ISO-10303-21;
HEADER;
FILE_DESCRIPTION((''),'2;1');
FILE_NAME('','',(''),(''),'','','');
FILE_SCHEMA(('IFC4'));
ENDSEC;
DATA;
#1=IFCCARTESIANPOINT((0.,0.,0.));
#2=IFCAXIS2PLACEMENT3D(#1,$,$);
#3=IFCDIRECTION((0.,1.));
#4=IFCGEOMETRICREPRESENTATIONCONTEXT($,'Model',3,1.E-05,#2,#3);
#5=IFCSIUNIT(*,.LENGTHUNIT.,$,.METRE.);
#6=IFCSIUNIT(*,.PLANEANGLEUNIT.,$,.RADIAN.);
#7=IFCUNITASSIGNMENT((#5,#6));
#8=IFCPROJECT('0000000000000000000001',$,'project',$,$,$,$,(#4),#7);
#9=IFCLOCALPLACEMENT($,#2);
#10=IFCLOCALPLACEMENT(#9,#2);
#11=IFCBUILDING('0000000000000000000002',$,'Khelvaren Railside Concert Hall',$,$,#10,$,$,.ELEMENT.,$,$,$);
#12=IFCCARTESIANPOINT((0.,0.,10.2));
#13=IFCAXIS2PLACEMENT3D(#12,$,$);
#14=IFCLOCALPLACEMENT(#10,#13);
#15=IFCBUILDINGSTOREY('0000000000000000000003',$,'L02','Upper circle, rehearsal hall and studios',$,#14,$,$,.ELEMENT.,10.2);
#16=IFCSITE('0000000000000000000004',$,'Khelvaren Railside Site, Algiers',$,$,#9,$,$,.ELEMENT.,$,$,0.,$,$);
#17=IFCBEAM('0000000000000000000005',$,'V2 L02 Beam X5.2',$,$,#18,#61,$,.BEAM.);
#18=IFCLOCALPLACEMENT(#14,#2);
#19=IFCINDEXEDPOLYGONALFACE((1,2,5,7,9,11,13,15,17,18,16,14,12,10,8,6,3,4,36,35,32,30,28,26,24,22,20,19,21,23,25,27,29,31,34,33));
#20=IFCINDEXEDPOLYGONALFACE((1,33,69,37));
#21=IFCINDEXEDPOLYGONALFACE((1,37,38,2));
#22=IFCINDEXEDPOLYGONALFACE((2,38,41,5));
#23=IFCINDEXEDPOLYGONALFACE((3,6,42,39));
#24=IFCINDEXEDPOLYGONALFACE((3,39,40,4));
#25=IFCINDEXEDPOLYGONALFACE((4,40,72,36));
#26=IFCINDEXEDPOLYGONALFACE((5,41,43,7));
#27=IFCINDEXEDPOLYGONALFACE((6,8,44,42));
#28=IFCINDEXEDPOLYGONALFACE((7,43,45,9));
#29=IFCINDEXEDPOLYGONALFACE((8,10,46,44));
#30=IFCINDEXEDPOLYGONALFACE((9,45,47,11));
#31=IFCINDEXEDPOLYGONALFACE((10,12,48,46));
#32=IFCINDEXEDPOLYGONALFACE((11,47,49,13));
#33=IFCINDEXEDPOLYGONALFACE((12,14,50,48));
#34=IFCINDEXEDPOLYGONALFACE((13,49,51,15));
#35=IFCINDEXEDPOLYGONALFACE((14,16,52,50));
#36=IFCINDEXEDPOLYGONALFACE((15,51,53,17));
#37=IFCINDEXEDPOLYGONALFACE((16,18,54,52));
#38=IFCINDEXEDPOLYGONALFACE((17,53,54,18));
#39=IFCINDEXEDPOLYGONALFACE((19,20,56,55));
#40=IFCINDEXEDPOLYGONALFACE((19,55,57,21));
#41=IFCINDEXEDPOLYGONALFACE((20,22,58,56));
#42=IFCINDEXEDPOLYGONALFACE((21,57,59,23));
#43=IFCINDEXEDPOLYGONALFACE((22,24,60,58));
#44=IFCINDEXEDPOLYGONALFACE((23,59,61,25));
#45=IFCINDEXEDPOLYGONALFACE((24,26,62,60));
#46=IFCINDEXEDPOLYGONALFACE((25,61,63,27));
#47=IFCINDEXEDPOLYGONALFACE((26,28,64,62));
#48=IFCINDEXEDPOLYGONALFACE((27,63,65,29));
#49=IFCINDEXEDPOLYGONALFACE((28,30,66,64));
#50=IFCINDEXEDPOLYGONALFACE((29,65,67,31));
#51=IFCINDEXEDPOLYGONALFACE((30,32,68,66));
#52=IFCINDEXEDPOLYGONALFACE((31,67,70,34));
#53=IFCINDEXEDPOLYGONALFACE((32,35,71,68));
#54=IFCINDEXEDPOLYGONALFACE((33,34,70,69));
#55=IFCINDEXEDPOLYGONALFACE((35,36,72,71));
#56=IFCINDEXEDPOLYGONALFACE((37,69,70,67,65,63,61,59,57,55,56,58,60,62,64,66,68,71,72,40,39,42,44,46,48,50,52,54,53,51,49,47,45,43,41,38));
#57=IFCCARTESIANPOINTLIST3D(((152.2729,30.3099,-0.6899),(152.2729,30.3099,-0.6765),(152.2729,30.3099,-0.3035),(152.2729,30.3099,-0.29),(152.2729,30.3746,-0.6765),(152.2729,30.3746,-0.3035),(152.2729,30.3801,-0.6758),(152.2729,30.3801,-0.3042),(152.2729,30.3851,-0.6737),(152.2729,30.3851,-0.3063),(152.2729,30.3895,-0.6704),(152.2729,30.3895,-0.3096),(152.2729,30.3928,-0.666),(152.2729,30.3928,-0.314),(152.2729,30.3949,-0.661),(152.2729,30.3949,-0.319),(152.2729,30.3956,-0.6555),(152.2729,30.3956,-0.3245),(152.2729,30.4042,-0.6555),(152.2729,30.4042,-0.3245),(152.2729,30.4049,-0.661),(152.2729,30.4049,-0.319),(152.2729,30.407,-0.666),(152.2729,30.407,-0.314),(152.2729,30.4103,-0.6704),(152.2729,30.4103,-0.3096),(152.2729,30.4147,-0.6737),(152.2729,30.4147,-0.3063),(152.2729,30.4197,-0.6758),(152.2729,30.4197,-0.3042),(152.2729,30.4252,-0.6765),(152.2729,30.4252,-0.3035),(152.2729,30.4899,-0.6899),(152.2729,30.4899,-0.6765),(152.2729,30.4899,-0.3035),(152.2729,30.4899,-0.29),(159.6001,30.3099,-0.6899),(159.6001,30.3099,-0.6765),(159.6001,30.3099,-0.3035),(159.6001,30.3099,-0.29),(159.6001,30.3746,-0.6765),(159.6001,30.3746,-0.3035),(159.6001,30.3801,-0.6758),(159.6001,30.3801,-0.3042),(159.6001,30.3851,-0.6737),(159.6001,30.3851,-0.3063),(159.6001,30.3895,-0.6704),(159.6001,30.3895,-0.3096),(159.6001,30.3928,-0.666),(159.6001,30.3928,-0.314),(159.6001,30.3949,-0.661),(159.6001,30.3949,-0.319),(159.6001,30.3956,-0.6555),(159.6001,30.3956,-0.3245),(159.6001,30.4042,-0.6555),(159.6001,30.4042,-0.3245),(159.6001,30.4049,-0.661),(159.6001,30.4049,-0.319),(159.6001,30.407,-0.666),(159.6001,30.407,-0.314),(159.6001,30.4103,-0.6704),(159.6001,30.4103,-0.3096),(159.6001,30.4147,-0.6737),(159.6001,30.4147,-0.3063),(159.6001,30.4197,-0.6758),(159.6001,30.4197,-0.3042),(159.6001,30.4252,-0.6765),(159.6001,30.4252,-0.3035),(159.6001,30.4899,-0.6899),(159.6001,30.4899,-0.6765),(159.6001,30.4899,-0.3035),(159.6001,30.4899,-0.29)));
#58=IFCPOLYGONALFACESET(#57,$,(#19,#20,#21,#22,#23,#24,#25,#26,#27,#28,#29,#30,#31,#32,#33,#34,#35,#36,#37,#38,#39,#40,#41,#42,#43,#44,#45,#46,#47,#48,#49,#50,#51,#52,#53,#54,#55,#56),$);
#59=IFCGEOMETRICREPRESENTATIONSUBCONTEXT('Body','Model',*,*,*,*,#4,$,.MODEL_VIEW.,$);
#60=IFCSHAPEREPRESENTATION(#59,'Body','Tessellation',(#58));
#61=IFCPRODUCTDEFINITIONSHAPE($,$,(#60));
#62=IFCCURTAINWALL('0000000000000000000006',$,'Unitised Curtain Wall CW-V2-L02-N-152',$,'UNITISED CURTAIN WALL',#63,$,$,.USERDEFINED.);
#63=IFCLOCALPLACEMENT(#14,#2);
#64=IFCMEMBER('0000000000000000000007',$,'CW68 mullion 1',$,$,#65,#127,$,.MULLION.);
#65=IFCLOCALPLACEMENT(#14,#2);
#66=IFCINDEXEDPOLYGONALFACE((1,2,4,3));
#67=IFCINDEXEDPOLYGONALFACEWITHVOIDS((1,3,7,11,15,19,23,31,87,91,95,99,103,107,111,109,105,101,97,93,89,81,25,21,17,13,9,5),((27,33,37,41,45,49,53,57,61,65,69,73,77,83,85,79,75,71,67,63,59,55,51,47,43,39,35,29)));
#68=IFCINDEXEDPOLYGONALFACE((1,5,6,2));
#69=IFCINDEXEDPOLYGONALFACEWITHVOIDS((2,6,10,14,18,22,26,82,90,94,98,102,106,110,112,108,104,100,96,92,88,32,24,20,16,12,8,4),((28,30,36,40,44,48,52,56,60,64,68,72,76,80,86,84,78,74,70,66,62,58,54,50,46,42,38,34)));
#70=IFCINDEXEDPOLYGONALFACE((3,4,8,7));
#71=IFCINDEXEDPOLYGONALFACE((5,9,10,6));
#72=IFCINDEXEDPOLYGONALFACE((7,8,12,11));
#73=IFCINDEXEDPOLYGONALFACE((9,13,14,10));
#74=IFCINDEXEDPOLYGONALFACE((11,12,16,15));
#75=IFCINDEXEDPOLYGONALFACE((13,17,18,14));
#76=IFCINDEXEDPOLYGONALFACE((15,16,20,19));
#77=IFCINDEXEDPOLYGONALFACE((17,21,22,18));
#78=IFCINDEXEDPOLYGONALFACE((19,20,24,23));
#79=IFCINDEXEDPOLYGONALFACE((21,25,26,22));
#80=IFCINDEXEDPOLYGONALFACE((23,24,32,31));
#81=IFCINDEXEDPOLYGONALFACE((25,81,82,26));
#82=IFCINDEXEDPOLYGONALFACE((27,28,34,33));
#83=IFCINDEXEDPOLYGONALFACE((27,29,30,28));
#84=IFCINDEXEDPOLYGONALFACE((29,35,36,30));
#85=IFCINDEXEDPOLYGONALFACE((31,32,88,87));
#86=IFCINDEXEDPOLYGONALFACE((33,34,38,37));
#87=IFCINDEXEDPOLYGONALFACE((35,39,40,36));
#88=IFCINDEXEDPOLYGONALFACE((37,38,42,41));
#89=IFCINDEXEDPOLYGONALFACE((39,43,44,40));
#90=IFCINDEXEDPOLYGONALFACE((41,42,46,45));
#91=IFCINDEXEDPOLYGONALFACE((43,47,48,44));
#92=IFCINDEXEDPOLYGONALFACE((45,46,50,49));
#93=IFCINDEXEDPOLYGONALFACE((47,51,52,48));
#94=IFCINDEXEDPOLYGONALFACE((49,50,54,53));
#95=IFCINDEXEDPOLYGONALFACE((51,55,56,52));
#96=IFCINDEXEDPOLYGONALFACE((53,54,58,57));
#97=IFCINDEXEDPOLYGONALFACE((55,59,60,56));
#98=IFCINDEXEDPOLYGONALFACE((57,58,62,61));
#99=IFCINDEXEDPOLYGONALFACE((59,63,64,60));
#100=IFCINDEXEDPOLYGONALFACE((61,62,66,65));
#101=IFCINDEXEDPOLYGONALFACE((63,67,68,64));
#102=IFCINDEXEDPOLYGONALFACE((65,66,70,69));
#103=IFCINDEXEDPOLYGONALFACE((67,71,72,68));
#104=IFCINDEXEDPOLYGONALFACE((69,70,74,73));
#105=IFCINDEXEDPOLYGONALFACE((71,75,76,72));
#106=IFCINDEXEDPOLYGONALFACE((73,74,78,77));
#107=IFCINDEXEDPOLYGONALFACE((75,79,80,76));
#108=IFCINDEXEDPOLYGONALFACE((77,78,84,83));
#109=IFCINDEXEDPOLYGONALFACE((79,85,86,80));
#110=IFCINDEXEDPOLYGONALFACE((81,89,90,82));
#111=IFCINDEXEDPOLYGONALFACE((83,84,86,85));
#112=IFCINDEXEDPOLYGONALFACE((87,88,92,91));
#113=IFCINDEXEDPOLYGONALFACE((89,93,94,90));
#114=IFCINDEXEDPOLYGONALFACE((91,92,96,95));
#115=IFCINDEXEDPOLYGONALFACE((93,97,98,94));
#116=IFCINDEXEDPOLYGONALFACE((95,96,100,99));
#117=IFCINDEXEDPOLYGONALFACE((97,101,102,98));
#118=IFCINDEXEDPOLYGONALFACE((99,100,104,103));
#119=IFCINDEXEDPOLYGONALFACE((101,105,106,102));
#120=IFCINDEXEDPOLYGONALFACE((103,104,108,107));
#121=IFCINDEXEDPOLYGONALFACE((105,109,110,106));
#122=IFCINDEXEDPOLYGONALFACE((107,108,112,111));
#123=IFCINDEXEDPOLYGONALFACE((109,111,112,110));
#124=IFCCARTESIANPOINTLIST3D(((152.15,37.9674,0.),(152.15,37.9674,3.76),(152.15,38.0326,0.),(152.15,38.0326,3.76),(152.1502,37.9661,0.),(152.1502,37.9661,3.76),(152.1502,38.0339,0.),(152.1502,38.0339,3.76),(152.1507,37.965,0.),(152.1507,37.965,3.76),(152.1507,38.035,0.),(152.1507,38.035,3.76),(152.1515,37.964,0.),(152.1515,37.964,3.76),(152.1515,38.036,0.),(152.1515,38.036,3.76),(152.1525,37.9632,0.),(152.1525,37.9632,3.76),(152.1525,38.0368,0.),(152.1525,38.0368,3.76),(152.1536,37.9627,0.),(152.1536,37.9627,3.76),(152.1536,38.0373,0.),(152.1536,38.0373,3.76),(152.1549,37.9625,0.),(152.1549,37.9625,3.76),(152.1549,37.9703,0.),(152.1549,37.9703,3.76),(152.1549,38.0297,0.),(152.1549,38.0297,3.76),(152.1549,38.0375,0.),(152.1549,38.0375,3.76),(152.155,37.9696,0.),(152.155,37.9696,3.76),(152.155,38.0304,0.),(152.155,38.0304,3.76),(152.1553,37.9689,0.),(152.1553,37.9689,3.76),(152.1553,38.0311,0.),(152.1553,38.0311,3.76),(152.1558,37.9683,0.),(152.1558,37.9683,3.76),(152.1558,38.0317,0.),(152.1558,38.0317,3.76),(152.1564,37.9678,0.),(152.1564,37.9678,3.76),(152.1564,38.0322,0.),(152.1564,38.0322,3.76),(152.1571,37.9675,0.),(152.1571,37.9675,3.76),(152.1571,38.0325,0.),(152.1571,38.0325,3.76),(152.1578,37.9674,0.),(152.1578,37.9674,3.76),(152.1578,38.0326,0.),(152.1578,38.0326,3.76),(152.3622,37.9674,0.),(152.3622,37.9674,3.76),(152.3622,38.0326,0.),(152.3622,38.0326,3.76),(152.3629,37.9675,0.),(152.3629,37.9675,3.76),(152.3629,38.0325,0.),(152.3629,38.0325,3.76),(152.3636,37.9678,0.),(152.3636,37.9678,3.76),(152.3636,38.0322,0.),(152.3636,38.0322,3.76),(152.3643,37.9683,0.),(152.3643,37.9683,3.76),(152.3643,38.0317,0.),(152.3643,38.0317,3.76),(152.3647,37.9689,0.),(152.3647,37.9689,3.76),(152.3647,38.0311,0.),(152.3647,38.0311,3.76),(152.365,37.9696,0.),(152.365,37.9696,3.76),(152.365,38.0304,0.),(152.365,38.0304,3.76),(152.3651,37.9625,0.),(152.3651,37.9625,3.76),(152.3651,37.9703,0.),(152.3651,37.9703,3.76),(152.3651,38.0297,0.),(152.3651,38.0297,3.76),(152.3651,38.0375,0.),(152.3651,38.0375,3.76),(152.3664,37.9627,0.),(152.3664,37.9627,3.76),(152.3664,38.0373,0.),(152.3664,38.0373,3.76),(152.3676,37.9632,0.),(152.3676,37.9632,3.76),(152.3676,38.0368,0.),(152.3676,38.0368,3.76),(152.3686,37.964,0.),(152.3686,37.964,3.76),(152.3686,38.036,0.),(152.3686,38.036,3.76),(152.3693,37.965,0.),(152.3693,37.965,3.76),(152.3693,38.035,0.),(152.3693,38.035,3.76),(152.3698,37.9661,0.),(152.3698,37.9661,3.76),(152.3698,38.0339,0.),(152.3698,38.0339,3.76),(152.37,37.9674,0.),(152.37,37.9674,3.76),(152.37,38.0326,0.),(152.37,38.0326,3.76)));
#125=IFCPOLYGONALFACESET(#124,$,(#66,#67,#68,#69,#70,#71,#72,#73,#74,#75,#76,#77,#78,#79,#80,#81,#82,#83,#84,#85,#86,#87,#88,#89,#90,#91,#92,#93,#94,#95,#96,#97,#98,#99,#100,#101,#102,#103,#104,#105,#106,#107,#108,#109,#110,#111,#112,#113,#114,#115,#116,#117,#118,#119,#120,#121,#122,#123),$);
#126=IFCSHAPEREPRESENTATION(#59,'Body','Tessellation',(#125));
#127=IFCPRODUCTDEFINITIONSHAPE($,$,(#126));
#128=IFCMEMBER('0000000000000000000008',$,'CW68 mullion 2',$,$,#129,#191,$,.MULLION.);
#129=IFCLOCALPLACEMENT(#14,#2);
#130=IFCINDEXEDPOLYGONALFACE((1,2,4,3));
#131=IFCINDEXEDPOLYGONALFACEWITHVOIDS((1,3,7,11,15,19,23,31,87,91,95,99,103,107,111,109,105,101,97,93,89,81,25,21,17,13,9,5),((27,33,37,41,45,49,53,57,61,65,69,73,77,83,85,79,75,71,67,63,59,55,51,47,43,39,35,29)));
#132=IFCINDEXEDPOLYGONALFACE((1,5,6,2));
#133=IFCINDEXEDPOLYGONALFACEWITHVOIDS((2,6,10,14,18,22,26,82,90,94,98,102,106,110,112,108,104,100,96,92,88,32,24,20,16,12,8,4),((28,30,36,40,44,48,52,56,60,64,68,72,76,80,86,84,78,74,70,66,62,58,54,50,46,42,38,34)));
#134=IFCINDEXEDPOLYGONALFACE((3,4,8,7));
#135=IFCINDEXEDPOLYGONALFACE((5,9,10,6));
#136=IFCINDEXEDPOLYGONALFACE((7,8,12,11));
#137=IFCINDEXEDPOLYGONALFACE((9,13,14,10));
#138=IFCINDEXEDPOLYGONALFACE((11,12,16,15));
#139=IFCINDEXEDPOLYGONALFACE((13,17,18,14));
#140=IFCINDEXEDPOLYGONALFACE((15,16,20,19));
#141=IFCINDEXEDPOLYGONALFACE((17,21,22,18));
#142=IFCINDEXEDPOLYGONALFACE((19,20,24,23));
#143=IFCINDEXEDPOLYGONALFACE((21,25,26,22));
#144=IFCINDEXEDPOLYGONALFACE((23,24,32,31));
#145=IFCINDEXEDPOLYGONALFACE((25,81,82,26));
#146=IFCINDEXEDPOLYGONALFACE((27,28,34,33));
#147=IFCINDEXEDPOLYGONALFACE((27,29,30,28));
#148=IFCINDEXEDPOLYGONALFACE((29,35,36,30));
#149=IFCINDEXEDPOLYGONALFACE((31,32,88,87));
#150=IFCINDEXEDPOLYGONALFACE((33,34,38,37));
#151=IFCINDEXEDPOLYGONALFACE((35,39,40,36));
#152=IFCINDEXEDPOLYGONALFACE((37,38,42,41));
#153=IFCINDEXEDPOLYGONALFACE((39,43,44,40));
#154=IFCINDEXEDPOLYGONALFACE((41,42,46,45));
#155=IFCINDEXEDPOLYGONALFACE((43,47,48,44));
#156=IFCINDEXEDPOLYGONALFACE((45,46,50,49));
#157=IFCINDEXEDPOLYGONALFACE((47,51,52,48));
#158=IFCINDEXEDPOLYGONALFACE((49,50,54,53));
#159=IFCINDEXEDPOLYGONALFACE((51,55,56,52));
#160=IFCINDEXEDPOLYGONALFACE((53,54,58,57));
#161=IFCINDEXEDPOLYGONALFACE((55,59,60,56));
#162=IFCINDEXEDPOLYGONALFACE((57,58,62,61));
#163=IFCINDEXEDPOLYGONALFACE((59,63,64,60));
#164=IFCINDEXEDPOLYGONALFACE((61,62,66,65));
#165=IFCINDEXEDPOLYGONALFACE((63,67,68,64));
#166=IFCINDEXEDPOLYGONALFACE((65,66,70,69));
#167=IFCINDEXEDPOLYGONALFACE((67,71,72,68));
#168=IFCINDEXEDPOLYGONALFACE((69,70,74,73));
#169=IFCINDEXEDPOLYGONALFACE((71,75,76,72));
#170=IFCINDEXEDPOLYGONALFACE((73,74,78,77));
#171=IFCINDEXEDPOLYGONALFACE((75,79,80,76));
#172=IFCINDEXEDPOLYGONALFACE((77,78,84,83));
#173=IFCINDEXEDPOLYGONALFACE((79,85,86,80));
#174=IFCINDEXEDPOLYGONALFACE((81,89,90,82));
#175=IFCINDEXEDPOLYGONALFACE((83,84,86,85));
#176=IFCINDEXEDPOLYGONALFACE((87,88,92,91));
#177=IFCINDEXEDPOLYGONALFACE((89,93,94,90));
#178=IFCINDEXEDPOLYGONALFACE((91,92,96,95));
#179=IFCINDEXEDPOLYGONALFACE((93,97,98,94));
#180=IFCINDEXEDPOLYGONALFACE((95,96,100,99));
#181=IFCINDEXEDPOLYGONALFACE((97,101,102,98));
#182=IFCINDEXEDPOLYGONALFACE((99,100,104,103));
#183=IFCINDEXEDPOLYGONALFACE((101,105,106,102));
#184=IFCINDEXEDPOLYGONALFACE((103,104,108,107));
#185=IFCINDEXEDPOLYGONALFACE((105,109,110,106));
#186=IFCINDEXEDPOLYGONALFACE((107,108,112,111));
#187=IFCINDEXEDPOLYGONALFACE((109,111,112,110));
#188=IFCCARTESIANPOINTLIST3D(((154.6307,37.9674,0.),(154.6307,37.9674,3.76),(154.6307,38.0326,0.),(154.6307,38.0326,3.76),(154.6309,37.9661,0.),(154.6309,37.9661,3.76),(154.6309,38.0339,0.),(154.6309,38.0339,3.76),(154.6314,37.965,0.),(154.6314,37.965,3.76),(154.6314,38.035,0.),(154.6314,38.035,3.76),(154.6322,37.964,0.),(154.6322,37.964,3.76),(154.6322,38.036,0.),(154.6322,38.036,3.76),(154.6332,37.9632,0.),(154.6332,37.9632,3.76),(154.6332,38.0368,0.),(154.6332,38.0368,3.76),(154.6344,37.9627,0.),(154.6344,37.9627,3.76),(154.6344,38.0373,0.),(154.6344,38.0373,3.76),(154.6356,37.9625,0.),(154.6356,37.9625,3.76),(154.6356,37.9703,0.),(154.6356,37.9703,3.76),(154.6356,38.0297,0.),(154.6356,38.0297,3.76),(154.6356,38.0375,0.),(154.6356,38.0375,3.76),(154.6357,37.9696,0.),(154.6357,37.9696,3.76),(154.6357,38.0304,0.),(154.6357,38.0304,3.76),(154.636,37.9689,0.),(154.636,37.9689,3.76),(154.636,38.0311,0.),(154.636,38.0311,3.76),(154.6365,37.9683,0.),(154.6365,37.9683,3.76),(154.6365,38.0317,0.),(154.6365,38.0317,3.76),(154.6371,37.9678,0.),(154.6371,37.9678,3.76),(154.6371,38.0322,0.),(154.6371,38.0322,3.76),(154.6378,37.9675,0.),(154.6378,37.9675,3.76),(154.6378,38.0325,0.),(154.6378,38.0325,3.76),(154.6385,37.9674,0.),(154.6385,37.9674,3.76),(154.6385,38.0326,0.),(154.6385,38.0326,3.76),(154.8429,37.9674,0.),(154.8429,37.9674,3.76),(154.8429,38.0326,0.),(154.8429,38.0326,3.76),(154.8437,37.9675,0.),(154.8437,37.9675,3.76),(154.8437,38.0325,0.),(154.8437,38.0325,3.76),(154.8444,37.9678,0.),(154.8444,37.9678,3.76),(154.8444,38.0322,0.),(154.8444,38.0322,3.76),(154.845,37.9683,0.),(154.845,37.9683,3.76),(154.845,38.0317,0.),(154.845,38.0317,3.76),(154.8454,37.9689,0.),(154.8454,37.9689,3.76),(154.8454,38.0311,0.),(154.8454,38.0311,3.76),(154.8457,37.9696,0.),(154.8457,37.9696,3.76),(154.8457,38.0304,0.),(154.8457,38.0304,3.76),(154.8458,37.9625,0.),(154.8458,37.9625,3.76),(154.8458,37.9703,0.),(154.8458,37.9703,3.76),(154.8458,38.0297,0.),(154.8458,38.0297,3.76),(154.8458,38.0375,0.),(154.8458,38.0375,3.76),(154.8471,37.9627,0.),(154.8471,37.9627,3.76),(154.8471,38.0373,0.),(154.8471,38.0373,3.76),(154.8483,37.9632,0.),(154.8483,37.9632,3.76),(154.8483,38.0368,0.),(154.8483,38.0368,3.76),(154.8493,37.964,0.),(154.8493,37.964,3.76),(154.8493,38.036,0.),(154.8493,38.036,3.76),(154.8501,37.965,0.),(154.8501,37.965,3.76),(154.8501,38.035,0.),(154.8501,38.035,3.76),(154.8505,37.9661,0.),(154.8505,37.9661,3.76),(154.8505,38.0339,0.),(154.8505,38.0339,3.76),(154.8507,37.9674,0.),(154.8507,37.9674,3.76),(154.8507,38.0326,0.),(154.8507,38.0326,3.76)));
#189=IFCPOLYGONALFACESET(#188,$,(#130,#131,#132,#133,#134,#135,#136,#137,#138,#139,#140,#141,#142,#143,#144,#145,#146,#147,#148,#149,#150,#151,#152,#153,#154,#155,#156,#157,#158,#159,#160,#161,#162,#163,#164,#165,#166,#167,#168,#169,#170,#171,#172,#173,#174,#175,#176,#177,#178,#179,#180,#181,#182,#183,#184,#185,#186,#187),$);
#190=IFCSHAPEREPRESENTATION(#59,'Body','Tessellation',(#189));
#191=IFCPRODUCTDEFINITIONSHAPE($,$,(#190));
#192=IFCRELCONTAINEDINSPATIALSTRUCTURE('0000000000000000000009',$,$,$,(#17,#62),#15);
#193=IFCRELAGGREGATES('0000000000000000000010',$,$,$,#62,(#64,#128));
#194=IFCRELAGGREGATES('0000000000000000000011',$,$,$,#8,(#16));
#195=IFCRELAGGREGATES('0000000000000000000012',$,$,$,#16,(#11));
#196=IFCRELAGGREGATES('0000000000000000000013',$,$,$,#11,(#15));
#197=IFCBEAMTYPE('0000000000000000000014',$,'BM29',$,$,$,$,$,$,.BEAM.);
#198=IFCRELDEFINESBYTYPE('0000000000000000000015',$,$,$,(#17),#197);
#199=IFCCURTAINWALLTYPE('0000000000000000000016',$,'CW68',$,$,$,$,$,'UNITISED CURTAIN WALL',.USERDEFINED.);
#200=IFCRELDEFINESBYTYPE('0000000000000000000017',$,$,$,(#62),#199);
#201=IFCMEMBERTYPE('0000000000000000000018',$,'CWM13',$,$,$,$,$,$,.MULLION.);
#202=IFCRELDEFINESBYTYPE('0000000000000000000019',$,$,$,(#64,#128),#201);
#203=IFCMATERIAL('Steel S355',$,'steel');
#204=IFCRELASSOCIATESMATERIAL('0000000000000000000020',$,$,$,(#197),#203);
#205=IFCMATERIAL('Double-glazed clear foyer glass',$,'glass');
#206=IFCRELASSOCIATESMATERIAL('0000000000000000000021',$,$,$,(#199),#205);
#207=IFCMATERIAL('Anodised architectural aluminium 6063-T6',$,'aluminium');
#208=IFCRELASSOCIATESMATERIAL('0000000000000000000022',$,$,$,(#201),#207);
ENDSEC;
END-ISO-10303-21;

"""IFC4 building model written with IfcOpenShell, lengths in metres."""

from ifc_helpers import new_model, si_unit, direction, frame, origin, origin_2d, place, context, subcontext, project, spatial, hollow_rectangle, i_section, extrude, material, material_profile, profile_set, type_object, element, aggregate, save


model = new_model("IFC4")

# Units and contexts
model_context = context("Model", 3, precision=1e-05, world=origin(), true_north=direction((0.0, 1.0)))
body_context = subcontext(model_context, "Body", "Model", "MODEL_VIEW")
ifc_project = project(units=[si_unit("LENGTHUNIT", "METRE"), si_unit("PLANEANGLEUNIT", "RADIAN")], contexts=[model_context])

# Site, building, storey
site_placement = place(None, origin())
site = spatial("IfcSite", under=ifc_project, at=site_placement, Name="Khelvaren Railside Site, Algiers", CompositionType="ELEMENT", RefElevation=0.0)
building_placement = place(site_placement, origin())
building = spatial("IfcBuilding", under=site, at=building_placement, Name="Khelvaren Railside Concert Hall", CompositionType="ELEMENT")
storey_placement = place(building_placement, frame((0.0, 0.0, 10.2)))
storey = spatial("IfcBuildingStorey", under=building, at=storey_placement, Name="L02", Description="Upper circle, rehearsal hall and studios", CompositionType="ELEMENT", Elevation=10.2)

# Beam
ifc_material_1 = material(Name="Steel S355", Category="steel")
ifc_material_profile_1 = material_profile(ifc_material_1, i_section(OverallWidth=0.1799, OverallDepth=0.3999, WebThickness=0.0085, FlangeThickness=0.0134, FilletRadius=0.021, at=origin_2d()), Name="IPE 400")
ifc_profile_set_1 = profile_set([ifc_material_profile_1], Name="Steel S355")
beam_type_1 = type_object("IfcBeamType", Name="BM29", PredefinedType="BEAM", material=ifc_profile_set_1)
beam_1_placement = place(storey_placement, frame((152.2729, 30.3999, -0.49), z_axis=(1.0, 0.0, 0.0), x_axis=(0.0, 1.0, 0.0)))
element("IfcBeam", 1, at=beam_1_placement, inside=storey, type_object=beam_type_1, Name="V2 L02 Beam X5.2", PredefinedType="BEAM", context=body_context, shape_type="SweptSolid", body=[
    extrude(i_section(OverallWidth=0.1799, OverallDepth=0.3999, WebThickness=0.0085, FlangeThickness=0.0134, FilletRadius=0.021, at=origin_2d()), origin(), (0.0, 0.0, 1.0), 7.3271),
])

# Curtain wall, members
ifc_material_2 = material(Name="Double-glazed clear foyer glass", Category="glass")
curtain_wall_type = type_object("IfcCurtainWallType", Name="CW68", ElementType="UNITISED CURTAIN WALL", PredefinedType="USERDEFINED", material=ifc_material_2)
curtain_wall_placement = place(storey_placement, origin())
curtain_wall = element("IfcCurtainWall", 2, at=curtain_wall_placement, inside=storey, type_object=curtain_wall_type, Name="Unitised Curtain Wall CW-V2-L02-N-152", ObjectType="UNITISED CURTAIN WALL", PredefinedType="USERDEFINED")
ifc_material_3 = material(Name="Anodised architectural aluminium 6063-T6", Category="aluminium")
ifc_material_profile_2 = material_profile(ifc_material_3, hollow_rectangle(XDim=0.075, YDim=0.22, WallThickness=0.0049, InnerFilletRadius=0.0029, OuterFilletRadius=0.0049, at=origin_2d()), Name="CWM 75x220x5")
ifc_profile_set_2 = profile_set([ifc_material_profile_2], Name="Anodised architectural aluminium 6063-T6")
member_type_1 = type_object("IfcMemberType", Name="CWM13", PredefinedType="MULLION", material=ifc_profile_set_2)
member_1_placement = place(storey_placement, frame((152.26, 38.0, 0.0), z_axis=(0.0, 0.0, 1.0), x_axis=(0.0, 1.0, 0.0)))
member_1 = element("IfcMember", 3, at=member_1_placement, type_object=member_type_1, Name="CW68 mullion 1", PredefinedType="MULLION", context=body_context, shape_type="SweptSolid", body=[
    extrude(hollow_rectangle(XDim=0.075, YDim=0.22, WallThickness=0.0049, InnerFilletRadius=0.0029, OuterFilletRadius=0.0049, at=origin_2d()), origin(), (0.0, 0.0, 1.0), 3.76),
])
member_2_placement = place(storey_placement, frame((154.7407, 38.0, 0.0), z_axis=(0.0, 0.0, 1.0), x_axis=(0.0, 1.0, 0.0)))
member_2 = element("IfcMember", 4, at=member_2_placement, type_object=member_type_1, Name="CW68 mullion 2", PredefinedType="MULLION", context=body_context, shape_type="SweptSolid", body=[
    extrude(hollow_rectangle(XDim=0.075, YDim=0.22, WallThickness=0.0049, InnerFilletRadius=0.0029, OuterFilletRadius=0.0049, at=origin_2d()), origin(), (0.0, 0.0, 1.0), 3.76),
])

aggregate(curtain_wall, [member_1, member_2])

save(model, "model.ifc")
